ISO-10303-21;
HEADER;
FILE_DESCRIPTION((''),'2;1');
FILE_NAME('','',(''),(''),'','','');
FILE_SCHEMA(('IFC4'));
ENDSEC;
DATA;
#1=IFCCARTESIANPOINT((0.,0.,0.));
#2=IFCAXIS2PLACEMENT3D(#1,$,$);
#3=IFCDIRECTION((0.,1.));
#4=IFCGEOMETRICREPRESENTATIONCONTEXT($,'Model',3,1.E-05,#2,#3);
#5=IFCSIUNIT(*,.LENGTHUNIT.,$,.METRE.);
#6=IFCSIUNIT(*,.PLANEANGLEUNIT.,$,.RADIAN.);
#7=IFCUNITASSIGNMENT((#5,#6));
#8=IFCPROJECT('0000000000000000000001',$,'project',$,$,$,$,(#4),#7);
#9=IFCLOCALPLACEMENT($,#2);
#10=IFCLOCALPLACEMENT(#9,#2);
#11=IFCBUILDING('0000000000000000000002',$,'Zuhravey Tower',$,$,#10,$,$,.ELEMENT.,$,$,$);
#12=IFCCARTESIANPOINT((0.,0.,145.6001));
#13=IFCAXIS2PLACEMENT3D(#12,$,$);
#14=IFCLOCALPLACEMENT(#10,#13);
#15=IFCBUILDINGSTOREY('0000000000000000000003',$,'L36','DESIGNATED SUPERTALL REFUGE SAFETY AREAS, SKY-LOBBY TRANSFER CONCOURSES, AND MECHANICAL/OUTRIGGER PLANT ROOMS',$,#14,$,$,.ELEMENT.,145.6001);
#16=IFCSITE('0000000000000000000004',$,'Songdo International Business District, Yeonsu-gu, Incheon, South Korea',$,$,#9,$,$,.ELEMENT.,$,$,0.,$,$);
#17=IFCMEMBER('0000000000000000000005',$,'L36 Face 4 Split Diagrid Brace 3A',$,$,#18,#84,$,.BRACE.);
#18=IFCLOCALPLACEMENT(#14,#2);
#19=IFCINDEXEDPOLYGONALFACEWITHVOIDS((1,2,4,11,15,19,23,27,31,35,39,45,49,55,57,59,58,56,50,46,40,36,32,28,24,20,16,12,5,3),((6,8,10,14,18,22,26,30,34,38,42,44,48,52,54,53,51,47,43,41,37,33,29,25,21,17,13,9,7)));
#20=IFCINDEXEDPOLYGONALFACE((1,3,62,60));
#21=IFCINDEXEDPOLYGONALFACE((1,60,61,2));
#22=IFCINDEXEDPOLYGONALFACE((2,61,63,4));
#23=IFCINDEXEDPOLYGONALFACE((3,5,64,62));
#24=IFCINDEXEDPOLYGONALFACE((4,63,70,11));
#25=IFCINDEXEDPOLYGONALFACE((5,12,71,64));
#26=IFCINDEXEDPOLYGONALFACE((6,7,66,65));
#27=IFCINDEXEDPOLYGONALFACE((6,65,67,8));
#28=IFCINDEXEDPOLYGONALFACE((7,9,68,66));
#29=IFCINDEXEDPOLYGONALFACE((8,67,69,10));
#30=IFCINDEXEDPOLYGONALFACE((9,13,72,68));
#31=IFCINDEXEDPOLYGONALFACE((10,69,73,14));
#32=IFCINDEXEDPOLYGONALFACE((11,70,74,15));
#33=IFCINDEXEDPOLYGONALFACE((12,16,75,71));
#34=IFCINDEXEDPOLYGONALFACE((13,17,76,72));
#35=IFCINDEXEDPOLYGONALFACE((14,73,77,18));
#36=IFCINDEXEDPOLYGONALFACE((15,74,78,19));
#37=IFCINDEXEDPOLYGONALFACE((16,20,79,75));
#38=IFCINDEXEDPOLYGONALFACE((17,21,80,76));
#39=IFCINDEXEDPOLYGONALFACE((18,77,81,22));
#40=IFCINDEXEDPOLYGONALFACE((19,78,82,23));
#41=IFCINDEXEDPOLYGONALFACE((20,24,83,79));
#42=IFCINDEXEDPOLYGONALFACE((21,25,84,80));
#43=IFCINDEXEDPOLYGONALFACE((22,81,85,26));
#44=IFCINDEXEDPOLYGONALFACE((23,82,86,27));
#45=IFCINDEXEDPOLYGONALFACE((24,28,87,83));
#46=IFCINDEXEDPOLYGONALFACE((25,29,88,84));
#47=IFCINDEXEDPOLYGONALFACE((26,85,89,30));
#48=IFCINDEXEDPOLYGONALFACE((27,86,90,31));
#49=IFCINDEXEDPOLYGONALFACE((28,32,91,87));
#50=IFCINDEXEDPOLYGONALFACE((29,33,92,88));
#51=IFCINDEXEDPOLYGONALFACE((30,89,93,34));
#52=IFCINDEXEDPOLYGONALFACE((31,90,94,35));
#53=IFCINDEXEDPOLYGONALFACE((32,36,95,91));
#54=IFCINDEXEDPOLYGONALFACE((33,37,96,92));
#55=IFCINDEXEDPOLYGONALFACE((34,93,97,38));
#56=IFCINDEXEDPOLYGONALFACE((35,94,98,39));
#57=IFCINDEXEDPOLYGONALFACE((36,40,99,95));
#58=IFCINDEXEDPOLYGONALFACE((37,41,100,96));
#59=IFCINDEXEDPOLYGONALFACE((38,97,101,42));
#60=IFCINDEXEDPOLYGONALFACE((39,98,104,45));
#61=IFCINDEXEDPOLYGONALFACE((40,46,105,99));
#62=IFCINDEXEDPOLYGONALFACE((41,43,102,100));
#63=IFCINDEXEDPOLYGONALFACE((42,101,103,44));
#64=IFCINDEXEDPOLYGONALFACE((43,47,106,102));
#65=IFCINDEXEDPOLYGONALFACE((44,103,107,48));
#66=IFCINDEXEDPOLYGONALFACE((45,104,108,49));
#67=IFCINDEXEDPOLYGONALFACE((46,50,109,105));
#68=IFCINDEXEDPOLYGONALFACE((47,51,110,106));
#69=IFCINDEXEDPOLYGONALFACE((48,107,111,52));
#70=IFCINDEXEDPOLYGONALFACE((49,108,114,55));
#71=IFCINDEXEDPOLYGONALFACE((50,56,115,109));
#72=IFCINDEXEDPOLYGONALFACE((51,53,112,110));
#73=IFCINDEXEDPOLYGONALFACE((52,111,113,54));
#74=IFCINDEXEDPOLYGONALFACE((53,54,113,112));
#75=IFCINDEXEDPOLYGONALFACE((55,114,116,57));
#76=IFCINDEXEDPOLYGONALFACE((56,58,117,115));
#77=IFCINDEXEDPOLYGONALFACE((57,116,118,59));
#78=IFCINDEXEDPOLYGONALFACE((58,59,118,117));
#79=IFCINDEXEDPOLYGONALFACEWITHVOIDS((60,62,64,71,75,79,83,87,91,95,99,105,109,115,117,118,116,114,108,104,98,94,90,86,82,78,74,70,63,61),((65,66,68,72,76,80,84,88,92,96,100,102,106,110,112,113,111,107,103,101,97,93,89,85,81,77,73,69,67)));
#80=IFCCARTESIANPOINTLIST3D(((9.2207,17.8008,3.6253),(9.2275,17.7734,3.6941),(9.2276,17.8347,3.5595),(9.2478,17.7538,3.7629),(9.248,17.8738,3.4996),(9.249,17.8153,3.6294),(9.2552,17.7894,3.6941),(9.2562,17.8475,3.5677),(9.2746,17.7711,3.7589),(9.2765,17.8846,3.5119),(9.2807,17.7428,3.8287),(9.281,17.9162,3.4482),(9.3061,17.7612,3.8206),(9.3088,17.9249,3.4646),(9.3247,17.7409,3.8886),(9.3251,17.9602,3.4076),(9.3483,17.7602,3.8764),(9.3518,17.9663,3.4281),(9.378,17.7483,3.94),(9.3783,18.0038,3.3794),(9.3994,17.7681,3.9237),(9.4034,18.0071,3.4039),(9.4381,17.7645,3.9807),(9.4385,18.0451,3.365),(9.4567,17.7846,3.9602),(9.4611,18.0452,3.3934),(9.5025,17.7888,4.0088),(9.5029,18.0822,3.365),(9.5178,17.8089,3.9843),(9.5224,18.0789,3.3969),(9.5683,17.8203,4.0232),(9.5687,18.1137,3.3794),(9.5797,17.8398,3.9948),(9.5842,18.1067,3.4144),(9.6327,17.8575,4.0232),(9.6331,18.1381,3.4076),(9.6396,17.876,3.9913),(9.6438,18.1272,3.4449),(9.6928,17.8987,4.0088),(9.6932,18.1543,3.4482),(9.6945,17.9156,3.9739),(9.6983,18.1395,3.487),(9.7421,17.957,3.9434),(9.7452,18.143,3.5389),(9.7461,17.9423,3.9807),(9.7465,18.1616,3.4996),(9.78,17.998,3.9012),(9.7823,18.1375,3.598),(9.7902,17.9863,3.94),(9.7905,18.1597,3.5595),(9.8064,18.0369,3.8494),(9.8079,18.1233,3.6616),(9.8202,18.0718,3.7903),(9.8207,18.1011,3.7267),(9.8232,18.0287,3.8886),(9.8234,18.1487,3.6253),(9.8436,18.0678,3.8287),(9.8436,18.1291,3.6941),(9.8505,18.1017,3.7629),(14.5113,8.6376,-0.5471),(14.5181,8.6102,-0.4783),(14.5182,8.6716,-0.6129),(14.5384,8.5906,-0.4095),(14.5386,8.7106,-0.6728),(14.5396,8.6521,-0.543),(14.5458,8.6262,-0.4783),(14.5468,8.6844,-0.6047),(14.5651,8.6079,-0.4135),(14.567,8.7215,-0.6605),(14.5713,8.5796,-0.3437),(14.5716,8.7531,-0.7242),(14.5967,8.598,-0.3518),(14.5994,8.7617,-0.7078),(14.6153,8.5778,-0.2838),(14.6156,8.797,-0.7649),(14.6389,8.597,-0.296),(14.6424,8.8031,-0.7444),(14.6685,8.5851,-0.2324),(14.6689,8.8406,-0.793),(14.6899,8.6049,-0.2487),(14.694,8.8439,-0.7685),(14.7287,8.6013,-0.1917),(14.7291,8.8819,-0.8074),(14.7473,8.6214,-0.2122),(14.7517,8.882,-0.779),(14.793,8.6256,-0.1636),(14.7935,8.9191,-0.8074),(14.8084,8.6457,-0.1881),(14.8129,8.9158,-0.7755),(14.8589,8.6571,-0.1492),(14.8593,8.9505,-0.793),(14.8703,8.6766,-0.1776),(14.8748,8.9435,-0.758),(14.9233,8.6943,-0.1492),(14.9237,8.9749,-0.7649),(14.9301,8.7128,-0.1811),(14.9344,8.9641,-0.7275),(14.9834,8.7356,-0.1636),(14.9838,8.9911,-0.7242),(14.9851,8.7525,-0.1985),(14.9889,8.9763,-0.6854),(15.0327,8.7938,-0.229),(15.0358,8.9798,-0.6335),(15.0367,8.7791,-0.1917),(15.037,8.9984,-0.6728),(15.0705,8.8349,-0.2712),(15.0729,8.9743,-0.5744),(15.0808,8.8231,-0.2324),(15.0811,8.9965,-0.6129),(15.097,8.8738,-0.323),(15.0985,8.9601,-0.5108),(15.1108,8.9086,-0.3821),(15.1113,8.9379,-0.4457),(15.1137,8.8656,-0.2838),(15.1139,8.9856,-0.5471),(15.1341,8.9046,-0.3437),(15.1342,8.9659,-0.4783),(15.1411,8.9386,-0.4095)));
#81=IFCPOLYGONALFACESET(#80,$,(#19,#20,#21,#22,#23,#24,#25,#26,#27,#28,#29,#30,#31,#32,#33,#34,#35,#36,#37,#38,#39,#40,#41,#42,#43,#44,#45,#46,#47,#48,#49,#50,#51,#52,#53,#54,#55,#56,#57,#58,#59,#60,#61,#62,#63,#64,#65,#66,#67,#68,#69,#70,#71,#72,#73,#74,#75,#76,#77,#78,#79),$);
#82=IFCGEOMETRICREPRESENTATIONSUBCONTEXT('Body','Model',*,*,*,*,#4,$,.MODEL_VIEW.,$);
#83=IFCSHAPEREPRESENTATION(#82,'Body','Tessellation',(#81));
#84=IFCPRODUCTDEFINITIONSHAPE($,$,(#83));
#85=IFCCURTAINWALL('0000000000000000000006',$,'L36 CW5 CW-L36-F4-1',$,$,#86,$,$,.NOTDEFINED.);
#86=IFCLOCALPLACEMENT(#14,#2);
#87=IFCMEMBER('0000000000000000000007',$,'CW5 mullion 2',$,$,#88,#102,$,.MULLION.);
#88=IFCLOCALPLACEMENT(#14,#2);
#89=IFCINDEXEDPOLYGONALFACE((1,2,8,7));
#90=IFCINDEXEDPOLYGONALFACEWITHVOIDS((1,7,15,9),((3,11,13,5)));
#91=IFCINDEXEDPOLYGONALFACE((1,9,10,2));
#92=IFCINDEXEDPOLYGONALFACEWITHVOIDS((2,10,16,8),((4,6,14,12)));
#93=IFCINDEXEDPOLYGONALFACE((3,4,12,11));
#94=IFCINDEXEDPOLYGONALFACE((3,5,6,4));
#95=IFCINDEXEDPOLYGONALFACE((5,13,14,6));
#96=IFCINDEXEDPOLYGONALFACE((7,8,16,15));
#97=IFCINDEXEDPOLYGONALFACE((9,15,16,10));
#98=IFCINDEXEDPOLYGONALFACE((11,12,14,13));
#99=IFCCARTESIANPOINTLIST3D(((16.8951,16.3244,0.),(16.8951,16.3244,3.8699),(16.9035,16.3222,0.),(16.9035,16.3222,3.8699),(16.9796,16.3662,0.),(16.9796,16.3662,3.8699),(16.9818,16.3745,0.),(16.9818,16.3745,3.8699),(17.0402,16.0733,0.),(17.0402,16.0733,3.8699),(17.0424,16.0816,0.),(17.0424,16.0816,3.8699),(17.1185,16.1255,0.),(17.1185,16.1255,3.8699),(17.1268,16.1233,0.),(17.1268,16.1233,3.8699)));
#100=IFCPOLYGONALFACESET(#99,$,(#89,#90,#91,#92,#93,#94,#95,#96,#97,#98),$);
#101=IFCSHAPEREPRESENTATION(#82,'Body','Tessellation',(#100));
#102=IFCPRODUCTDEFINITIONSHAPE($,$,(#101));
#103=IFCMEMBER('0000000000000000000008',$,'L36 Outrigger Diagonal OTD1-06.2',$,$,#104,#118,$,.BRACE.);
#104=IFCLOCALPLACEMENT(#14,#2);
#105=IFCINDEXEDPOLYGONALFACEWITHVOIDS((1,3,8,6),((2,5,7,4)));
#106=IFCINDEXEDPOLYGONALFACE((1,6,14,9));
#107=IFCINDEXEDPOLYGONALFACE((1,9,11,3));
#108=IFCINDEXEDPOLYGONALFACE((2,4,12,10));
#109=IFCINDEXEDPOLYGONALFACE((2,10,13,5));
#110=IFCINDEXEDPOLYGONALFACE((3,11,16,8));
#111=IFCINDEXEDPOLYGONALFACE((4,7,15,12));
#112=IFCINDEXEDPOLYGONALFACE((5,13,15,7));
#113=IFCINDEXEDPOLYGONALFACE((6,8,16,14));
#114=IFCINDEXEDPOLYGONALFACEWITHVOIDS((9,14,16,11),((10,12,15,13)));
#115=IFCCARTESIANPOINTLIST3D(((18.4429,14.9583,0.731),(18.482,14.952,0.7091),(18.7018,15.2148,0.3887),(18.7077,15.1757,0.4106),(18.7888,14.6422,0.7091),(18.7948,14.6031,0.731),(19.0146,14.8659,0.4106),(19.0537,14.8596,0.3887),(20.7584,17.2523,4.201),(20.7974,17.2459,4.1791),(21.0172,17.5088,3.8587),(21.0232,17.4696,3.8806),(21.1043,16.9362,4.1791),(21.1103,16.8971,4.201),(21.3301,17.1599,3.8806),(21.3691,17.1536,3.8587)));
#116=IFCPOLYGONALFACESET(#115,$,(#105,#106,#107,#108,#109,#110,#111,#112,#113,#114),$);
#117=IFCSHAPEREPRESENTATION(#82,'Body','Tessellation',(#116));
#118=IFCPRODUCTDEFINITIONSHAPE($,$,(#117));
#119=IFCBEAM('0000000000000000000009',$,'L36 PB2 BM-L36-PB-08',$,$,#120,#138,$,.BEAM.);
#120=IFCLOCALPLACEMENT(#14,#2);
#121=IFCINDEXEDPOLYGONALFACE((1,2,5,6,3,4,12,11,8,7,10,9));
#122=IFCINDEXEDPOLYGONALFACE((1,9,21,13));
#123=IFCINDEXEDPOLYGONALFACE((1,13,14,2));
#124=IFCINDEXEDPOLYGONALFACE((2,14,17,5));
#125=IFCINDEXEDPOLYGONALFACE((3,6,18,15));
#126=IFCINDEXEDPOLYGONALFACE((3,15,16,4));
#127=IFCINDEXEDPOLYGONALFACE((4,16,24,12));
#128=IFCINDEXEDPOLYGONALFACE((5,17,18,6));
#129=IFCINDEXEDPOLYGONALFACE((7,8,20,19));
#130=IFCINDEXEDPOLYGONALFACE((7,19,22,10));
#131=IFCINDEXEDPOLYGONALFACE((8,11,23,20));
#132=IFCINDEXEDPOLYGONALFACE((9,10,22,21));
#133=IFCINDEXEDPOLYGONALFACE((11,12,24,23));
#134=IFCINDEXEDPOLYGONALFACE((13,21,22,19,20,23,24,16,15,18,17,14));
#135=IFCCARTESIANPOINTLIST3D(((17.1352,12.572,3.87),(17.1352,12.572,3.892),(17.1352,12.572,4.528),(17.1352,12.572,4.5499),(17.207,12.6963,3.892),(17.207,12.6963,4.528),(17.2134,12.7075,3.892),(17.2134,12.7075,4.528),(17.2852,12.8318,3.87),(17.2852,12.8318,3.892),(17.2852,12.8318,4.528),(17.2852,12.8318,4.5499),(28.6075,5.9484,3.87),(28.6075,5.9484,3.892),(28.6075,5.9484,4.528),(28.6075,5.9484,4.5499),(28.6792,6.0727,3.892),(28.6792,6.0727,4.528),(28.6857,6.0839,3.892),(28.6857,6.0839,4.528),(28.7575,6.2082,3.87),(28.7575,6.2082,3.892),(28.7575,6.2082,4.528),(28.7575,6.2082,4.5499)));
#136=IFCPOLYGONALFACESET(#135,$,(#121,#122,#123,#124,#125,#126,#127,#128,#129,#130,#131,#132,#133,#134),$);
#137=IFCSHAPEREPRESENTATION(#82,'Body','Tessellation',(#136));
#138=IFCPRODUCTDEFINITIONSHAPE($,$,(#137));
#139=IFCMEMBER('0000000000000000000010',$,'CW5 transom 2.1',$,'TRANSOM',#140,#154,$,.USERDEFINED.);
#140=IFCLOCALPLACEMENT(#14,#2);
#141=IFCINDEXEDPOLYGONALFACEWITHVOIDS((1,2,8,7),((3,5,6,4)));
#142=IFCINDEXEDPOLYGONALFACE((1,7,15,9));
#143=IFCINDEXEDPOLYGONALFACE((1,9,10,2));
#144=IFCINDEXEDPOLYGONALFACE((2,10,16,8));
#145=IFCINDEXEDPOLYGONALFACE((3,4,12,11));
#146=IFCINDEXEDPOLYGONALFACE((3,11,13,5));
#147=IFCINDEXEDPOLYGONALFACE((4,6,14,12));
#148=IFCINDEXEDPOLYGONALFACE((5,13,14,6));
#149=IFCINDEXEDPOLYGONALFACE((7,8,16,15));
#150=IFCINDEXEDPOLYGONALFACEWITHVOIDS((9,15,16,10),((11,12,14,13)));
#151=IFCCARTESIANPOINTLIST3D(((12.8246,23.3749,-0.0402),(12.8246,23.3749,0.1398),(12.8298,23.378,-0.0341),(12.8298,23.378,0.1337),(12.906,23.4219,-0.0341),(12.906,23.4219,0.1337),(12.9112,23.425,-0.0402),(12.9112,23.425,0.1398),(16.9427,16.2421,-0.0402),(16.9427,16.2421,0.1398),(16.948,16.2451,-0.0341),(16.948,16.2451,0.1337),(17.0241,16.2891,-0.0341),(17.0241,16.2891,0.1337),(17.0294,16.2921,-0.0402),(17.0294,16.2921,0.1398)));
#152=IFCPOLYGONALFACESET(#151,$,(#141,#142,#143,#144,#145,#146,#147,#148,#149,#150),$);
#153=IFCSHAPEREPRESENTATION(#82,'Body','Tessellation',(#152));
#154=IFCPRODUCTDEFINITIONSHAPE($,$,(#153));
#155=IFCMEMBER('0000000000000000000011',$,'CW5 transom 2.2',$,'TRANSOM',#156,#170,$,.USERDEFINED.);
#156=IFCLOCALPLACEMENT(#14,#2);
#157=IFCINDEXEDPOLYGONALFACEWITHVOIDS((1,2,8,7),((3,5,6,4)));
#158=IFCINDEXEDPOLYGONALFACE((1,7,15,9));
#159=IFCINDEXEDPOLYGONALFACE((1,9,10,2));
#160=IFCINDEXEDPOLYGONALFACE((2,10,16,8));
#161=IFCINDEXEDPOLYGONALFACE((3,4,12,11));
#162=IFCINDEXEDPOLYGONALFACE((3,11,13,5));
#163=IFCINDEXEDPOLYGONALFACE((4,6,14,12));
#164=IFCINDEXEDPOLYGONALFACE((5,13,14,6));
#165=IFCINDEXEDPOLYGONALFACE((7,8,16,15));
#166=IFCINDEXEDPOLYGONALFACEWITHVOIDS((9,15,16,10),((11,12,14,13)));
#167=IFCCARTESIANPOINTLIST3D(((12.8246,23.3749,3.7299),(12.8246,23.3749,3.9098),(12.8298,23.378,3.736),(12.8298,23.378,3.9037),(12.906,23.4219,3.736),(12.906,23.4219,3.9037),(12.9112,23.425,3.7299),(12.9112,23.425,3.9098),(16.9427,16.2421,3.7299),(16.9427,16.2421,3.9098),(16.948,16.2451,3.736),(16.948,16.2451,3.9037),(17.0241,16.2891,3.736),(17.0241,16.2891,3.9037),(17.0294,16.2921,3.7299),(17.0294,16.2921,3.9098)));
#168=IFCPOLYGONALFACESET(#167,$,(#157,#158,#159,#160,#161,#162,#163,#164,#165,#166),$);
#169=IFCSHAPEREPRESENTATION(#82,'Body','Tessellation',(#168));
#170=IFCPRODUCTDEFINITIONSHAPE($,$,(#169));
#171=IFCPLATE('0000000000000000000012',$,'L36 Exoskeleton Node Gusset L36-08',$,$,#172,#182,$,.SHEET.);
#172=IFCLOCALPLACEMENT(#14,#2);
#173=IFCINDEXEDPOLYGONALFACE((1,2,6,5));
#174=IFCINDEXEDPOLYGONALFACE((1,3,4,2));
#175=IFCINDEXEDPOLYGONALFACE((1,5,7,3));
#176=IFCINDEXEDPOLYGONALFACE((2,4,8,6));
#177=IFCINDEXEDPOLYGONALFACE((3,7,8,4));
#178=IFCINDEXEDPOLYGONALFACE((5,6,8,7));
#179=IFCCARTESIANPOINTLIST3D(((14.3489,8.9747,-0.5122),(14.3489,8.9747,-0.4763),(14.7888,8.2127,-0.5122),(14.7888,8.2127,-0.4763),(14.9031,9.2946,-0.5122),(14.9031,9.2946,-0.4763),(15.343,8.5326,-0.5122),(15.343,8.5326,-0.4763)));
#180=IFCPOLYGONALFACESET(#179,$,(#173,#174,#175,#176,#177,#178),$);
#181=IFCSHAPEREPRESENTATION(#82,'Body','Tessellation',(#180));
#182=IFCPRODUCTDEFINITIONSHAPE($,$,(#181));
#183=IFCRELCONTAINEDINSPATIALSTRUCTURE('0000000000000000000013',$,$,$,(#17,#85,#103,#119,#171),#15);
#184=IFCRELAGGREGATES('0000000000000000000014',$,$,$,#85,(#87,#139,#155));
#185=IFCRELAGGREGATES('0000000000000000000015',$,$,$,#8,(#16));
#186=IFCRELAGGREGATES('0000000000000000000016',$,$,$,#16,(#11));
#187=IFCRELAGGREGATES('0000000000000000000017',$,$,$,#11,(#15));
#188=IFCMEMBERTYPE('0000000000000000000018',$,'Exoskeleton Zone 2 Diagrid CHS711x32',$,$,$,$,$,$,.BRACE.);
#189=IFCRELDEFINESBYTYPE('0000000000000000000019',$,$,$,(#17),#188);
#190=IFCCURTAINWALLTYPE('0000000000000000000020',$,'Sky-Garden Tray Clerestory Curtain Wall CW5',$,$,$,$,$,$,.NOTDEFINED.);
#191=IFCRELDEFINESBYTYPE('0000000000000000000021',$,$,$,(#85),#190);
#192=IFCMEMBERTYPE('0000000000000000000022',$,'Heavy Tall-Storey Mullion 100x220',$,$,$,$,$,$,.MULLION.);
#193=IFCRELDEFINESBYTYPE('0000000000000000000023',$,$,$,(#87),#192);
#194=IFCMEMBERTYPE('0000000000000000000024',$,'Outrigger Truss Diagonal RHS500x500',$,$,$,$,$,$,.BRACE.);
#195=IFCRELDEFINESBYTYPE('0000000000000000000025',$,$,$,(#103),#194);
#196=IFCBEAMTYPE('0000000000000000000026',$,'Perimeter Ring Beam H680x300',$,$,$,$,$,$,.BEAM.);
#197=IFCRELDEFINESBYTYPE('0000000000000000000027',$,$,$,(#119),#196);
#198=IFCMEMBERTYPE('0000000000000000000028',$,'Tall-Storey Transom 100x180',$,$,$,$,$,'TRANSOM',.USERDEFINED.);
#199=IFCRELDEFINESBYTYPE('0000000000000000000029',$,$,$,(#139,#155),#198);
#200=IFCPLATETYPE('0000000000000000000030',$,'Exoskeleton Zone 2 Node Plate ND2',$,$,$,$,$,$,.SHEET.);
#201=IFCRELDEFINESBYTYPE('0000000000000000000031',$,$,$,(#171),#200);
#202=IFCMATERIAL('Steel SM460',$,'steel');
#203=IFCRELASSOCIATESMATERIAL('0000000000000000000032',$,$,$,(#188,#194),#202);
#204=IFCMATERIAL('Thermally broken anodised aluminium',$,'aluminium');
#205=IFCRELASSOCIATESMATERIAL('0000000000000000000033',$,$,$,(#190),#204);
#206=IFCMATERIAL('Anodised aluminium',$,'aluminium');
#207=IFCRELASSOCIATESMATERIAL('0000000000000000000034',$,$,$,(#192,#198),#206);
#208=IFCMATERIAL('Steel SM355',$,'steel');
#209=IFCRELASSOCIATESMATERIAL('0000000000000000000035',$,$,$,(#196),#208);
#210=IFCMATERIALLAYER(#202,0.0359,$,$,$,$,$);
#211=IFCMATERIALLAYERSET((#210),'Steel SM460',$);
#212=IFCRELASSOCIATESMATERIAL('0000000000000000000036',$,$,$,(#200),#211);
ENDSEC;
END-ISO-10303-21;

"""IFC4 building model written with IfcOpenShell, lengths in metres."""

from ifc_helpers import new_model, si_unit, direction, frame, origin, origin_2d, place, context, subcontext, project, spatial, rectangle, hollow_rectangle, hollow_circle, i_section, extrude, material, layer, layer_set, material_profile, profile_set, type_object, element, aggregate, save


model = new_model("IFC4")

# Units and contexts
model_context = context("Model", 3, precision=1e-05, world=origin(), true_north=direction((0.0, 1.0)))
body_context = subcontext(model_context, "Body", "Model", "MODEL_VIEW")
ifc_project = project(units=[si_unit("LENGTHUNIT", "METRE"), si_unit("PLANEANGLEUNIT", "RADIAN")], contexts=[model_context])

# Site, building, storey
site_placement = place(None, origin())
site = spatial("IfcSite", under=ifc_project, at=site_placement, Name="Songdo International Business District, Yeonsu-gu, Incheon, South Korea", CompositionType="ELEMENT", RefElevation=0.0)
building_placement = place(site_placement, origin())
building = spatial("IfcBuilding", under=site, at=building_placement, Name="Zuhravey Tower", CompositionType="ELEMENT")
storey_placement = place(building_placement, frame((0.0, 0.0, 145.6001)))
storey = spatial("IfcBuildingStorey", under=building, at=storey_placement, Name="L36", Description="DESIGNATED SUPERTALL REFUGE SAFETY AREAS, SKY-LOBBY TRANSFER CONCOURSES, AND MECHANICAL/OUTRIGGER PLANT ROOMS", CompositionType="ELEMENT", Elevation=145.6001)

# Member
ifc_material_1 = material(Name="Steel SM355", Category="steel")
ifc_material_2 = material(Name="Steel SM460", Category="steel")
ifc_material_profile_1 = material_profile(ifc_material_2, hollow_circle(Radius=0.3557, WallThickness=0.032, at=origin_2d()), Name="CHS-711.2x32")
ifc_profile_set_1 = profile_set([ifc_material_profile_1], Name="Steel SM460")
member_type_1 = type_object("IfcMemberType", Name="Exoskeleton Zone 2 Diagrid CHS711x32", PredefinedType="BRACE", material=ifc_profile_set_1)
member_1_placement = place(storey_placement, frame((14.8262, 8.7881, -0.4783), z_axis=(-0.465156, 0.80564, 0.366844), x_axis=(-0.866017, -0.500015, 0.0)))
element("IfcMember", 1, at=member_1_placement, inside=storey, type_object=member_type_1, Name="L36 Face 4 Split Diagrid Brace 3A", PredefinedType="BRACE", context=body_context, shape_type="SweptSolid", body=[
    extrude(hollow_circle(Radius=0.3557, WallThickness=0.032, at=origin_2d()), origin(), (0.0, 0.0, 1.0), 11.3738),
])

# Curtain wall, member
ifc_material_3 = material(Name="Thermally broken anodised aluminium", Category="aluminium")
curtain_wall_type = type_object("IfcCurtainWallType", Name="Sky-Garden Tray Clerestory Curtain Wall CW5", PredefinedType="NOTDEFINED", material=ifc_material_3)
curtain_wall_placement = place(storey_placement, origin())
curtain_wall = element("IfcCurtainWall", 2, at=curtain_wall_placement, inside=storey, type_object=curtain_wall_type, Name="L36 CW5 CW-L36-F4-1", PredefinedType="NOTDEFINED")
ifc_material_4 = material(Name="Anodised aluminium", Category="aluminium")
ifc_material_profile_2 = material_profile(ifc_material_4, hollow_rectangle(XDim=0.1001, YDim=0.29, WallThickness=0.0061, at=origin_2d()), Name="ALU-RHS-100x290x6")
ifc_profile_set_2 = profile_set([ifc_material_profile_2], Name="Anodised aluminium")
member_type_2 = type_object("IfcMemberType", Name="Heavy Tall-Storey Mullion 100x220", PredefinedType="MULLION", material=ifc_profile_set_2)
member_2_placement = place(storey_placement, frame((17.011, 16.2239, 0.0), z_axis=(0.0, 0.0, 1.0), x_axis=(-0.866026, -0.5, 0.0)))
member_2 = element("IfcMember", 3, at=member_2_placement, type_object=member_type_2, Name="CW5 mullion 2", PredefinedType="MULLION", context=body_context, shape_type="SweptSolid", body=[
    extrude(hollow_rectangle(XDim=0.1001, YDim=0.29, WallThickness=0.0061, at=origin_2d()), origin(), (0.0, 0.0, 1.0), 3.8699),
])

# Member
ifc_material_profile_3 = material_profile(ifc_material_2, hollow_rectangle(XDim=0.5, YDim=0.5, WallThickness=0.032, at=origin_2d()), Name="RHS-500x500x32")
ifc_profile_set_3 = profile_set([ifc_material_profile_3], Name="Steel SM460")
member_type_3 = type_object("IfcMemberType", Name="Outrigger Truss Diagonal RHS500x500", PredefinedType="BRACE", material=ifc_profile_set_3)
member_3_placement = place(storey_placement, frame((18.7483, 14.9089, 0.5598), z_axis=(0.486365, 0.481852, 0.728881), x_axis=(-0.703803, 0.710395, 0.0)))
element("IfcMember", 4, at=member_3_placement, inside=storey, type_object=member_type_3, Name="L36 Outrigger Diagonal OTD1-06.2", PredefinedType="BRACE", context=body_context, shape_type="SweptSolid", body=[
    extrude(hollow_rectangle(XDim=0.5, YDim=0.5, WallThickness=0.032, at=origin_2d()), origin(), (0.0, 0.0, 1.0), 4.7607),
])

# Beam
ifc_material_profile_4 = material_profile(ifc_material_1, i_section(OverallWidth=0.3, OverallDepth=0.6799, WebThickness=0.0129, FlangeThickness=0.022, at=origin_2d()), Name="H-680x300x13x22")
ifc_profile_set_4 = profile_set([ifc_material_profile_4], Name="Steel SM355")
beam_type = type_object("IfcBeamType", Name="Perimeter Ring Beam H680x300", PredefinedType="BEAM", material=ifc_profile_set_4)
beam_placement = place(storey_placement, frame((17.2102, 12.7019, 4.21), z_axis=(0.866023, -0.500004, 0.0), x_axis=(0.500004, 0.866023, 0.0)))
element("IfcBeam", 5, at=beam_placement, inside=storey, type_object=beam_type, Name="L36 PB2 BM-L36-PB-08", PredefinedType="BEAM", context=body_context, shape_type="SweptSolid", body=[
    extrude(i_section(OverallWidth=0.3, OverallDepth=0.6799, WebThickness=0.0129, FlangeThickness=0.022, at=origin_2d()), origin(), (0.0, 0.0, 1.0), 13.2471),
])

# Members
ifc_material_profile_5 = material_profile(ifc_material_4, hollow_rectangle(XDim=0.1001, YDim=0.1799, WallThickness=0.0061, at=origin_2d()), Name="ALU-RHS-100x180x6")
ifc_profile_set_5 = profile_set([ifc_material_profile_5], Name="Anodised aluminium")
member_type_4 = type_object("IfcMemberType", Name="Tall-Storey Transom 100x180", ElementType="TRANSOM", PredefinedType="USERDEFINED", material=ifc_profile_set_5)
member_4_placement = place(storey_placement, frame((16.9861, 16.2671, 0.0498), z_axis=(-0.500003, 0.866024, 0.0), x_axis=(-0.866024, -0.500003, 0.0)))
member_4 = element("IfcMember", 6, at=member_4_placement, type_object=member_type_4, Name="CW5 transom 2.1", ObjectType="TRANSOM", PredefinedType="USERDEFINED", context=body_context, shape_type="SweptSolid", body=[
    extrude(hollow_rectangle(XDim=0.1001, YDim=0.1799, WallThickness=0.0061, at=origin_2d()), origin(), (0.0, 0.0, 1.0), 8.2363),
])
member_5_placement = place(storey_placement, frame((16.9861, 16.2671, 3.8198), z_axis=(-0.500003, 0.866024, 0.0), x_axis=(-0.866024, -0.500003, 0.0)))
member_5 = element("IfcMember", 7, at=member_5_placement, type_object=member_type_4, Name="CW5 transom 2.2", ObjectType="TRANSOM", PredefinedType="USERDEFINED", context=body_context, shape_type="SweptSolid", body=[
    extrude(hollow_rectangle(XDim=0.1001, YDim=0.1799, WallThickness=0.0061, at=origin_2d()), origin(), (0.0, 0.0, 1.0), 8.2363),
])
aggregate(curtain_wall, [member_2, member_4, member_5])

# Plate
ifc_layer_1 = layer(ifc_material_2, 0.0359)
ifc_layer_set_1 = layer_set([ifc_layer_1], Name="Steel SM460")
plate_type = type_object("IfcPlateType", Name="Exoskeleton Zone 2 Node Plate ND2", PredefinedType="SHEET", material=ifc_layer_set_1)
for number, where, z_axis, x_axis, name in (
    (8, (14.8459, 8.7537, -0.5122), (0.0, 0.0, 1.0), (0.5, -0.866025, 0.0), "L36 Exoskeleton Node Gusset L36-08"),
):
    element("IfcPlate", number, at=place(storey_placement, frame(where, z_axis=z_axis, x_axis=x_axis)), inside=storey, type_object=plate_type, Name=name, PredefinedType="SHEET", context=body_context, shape_type="SweptSolid", body=[
        extrude(rectangle(XDim=0.8799, YDim=0.6399, at=origin_2d()), origin(), (0.0, 0.0, 1.0), 0.0359),
    ])

save(model, "model.ifc")
